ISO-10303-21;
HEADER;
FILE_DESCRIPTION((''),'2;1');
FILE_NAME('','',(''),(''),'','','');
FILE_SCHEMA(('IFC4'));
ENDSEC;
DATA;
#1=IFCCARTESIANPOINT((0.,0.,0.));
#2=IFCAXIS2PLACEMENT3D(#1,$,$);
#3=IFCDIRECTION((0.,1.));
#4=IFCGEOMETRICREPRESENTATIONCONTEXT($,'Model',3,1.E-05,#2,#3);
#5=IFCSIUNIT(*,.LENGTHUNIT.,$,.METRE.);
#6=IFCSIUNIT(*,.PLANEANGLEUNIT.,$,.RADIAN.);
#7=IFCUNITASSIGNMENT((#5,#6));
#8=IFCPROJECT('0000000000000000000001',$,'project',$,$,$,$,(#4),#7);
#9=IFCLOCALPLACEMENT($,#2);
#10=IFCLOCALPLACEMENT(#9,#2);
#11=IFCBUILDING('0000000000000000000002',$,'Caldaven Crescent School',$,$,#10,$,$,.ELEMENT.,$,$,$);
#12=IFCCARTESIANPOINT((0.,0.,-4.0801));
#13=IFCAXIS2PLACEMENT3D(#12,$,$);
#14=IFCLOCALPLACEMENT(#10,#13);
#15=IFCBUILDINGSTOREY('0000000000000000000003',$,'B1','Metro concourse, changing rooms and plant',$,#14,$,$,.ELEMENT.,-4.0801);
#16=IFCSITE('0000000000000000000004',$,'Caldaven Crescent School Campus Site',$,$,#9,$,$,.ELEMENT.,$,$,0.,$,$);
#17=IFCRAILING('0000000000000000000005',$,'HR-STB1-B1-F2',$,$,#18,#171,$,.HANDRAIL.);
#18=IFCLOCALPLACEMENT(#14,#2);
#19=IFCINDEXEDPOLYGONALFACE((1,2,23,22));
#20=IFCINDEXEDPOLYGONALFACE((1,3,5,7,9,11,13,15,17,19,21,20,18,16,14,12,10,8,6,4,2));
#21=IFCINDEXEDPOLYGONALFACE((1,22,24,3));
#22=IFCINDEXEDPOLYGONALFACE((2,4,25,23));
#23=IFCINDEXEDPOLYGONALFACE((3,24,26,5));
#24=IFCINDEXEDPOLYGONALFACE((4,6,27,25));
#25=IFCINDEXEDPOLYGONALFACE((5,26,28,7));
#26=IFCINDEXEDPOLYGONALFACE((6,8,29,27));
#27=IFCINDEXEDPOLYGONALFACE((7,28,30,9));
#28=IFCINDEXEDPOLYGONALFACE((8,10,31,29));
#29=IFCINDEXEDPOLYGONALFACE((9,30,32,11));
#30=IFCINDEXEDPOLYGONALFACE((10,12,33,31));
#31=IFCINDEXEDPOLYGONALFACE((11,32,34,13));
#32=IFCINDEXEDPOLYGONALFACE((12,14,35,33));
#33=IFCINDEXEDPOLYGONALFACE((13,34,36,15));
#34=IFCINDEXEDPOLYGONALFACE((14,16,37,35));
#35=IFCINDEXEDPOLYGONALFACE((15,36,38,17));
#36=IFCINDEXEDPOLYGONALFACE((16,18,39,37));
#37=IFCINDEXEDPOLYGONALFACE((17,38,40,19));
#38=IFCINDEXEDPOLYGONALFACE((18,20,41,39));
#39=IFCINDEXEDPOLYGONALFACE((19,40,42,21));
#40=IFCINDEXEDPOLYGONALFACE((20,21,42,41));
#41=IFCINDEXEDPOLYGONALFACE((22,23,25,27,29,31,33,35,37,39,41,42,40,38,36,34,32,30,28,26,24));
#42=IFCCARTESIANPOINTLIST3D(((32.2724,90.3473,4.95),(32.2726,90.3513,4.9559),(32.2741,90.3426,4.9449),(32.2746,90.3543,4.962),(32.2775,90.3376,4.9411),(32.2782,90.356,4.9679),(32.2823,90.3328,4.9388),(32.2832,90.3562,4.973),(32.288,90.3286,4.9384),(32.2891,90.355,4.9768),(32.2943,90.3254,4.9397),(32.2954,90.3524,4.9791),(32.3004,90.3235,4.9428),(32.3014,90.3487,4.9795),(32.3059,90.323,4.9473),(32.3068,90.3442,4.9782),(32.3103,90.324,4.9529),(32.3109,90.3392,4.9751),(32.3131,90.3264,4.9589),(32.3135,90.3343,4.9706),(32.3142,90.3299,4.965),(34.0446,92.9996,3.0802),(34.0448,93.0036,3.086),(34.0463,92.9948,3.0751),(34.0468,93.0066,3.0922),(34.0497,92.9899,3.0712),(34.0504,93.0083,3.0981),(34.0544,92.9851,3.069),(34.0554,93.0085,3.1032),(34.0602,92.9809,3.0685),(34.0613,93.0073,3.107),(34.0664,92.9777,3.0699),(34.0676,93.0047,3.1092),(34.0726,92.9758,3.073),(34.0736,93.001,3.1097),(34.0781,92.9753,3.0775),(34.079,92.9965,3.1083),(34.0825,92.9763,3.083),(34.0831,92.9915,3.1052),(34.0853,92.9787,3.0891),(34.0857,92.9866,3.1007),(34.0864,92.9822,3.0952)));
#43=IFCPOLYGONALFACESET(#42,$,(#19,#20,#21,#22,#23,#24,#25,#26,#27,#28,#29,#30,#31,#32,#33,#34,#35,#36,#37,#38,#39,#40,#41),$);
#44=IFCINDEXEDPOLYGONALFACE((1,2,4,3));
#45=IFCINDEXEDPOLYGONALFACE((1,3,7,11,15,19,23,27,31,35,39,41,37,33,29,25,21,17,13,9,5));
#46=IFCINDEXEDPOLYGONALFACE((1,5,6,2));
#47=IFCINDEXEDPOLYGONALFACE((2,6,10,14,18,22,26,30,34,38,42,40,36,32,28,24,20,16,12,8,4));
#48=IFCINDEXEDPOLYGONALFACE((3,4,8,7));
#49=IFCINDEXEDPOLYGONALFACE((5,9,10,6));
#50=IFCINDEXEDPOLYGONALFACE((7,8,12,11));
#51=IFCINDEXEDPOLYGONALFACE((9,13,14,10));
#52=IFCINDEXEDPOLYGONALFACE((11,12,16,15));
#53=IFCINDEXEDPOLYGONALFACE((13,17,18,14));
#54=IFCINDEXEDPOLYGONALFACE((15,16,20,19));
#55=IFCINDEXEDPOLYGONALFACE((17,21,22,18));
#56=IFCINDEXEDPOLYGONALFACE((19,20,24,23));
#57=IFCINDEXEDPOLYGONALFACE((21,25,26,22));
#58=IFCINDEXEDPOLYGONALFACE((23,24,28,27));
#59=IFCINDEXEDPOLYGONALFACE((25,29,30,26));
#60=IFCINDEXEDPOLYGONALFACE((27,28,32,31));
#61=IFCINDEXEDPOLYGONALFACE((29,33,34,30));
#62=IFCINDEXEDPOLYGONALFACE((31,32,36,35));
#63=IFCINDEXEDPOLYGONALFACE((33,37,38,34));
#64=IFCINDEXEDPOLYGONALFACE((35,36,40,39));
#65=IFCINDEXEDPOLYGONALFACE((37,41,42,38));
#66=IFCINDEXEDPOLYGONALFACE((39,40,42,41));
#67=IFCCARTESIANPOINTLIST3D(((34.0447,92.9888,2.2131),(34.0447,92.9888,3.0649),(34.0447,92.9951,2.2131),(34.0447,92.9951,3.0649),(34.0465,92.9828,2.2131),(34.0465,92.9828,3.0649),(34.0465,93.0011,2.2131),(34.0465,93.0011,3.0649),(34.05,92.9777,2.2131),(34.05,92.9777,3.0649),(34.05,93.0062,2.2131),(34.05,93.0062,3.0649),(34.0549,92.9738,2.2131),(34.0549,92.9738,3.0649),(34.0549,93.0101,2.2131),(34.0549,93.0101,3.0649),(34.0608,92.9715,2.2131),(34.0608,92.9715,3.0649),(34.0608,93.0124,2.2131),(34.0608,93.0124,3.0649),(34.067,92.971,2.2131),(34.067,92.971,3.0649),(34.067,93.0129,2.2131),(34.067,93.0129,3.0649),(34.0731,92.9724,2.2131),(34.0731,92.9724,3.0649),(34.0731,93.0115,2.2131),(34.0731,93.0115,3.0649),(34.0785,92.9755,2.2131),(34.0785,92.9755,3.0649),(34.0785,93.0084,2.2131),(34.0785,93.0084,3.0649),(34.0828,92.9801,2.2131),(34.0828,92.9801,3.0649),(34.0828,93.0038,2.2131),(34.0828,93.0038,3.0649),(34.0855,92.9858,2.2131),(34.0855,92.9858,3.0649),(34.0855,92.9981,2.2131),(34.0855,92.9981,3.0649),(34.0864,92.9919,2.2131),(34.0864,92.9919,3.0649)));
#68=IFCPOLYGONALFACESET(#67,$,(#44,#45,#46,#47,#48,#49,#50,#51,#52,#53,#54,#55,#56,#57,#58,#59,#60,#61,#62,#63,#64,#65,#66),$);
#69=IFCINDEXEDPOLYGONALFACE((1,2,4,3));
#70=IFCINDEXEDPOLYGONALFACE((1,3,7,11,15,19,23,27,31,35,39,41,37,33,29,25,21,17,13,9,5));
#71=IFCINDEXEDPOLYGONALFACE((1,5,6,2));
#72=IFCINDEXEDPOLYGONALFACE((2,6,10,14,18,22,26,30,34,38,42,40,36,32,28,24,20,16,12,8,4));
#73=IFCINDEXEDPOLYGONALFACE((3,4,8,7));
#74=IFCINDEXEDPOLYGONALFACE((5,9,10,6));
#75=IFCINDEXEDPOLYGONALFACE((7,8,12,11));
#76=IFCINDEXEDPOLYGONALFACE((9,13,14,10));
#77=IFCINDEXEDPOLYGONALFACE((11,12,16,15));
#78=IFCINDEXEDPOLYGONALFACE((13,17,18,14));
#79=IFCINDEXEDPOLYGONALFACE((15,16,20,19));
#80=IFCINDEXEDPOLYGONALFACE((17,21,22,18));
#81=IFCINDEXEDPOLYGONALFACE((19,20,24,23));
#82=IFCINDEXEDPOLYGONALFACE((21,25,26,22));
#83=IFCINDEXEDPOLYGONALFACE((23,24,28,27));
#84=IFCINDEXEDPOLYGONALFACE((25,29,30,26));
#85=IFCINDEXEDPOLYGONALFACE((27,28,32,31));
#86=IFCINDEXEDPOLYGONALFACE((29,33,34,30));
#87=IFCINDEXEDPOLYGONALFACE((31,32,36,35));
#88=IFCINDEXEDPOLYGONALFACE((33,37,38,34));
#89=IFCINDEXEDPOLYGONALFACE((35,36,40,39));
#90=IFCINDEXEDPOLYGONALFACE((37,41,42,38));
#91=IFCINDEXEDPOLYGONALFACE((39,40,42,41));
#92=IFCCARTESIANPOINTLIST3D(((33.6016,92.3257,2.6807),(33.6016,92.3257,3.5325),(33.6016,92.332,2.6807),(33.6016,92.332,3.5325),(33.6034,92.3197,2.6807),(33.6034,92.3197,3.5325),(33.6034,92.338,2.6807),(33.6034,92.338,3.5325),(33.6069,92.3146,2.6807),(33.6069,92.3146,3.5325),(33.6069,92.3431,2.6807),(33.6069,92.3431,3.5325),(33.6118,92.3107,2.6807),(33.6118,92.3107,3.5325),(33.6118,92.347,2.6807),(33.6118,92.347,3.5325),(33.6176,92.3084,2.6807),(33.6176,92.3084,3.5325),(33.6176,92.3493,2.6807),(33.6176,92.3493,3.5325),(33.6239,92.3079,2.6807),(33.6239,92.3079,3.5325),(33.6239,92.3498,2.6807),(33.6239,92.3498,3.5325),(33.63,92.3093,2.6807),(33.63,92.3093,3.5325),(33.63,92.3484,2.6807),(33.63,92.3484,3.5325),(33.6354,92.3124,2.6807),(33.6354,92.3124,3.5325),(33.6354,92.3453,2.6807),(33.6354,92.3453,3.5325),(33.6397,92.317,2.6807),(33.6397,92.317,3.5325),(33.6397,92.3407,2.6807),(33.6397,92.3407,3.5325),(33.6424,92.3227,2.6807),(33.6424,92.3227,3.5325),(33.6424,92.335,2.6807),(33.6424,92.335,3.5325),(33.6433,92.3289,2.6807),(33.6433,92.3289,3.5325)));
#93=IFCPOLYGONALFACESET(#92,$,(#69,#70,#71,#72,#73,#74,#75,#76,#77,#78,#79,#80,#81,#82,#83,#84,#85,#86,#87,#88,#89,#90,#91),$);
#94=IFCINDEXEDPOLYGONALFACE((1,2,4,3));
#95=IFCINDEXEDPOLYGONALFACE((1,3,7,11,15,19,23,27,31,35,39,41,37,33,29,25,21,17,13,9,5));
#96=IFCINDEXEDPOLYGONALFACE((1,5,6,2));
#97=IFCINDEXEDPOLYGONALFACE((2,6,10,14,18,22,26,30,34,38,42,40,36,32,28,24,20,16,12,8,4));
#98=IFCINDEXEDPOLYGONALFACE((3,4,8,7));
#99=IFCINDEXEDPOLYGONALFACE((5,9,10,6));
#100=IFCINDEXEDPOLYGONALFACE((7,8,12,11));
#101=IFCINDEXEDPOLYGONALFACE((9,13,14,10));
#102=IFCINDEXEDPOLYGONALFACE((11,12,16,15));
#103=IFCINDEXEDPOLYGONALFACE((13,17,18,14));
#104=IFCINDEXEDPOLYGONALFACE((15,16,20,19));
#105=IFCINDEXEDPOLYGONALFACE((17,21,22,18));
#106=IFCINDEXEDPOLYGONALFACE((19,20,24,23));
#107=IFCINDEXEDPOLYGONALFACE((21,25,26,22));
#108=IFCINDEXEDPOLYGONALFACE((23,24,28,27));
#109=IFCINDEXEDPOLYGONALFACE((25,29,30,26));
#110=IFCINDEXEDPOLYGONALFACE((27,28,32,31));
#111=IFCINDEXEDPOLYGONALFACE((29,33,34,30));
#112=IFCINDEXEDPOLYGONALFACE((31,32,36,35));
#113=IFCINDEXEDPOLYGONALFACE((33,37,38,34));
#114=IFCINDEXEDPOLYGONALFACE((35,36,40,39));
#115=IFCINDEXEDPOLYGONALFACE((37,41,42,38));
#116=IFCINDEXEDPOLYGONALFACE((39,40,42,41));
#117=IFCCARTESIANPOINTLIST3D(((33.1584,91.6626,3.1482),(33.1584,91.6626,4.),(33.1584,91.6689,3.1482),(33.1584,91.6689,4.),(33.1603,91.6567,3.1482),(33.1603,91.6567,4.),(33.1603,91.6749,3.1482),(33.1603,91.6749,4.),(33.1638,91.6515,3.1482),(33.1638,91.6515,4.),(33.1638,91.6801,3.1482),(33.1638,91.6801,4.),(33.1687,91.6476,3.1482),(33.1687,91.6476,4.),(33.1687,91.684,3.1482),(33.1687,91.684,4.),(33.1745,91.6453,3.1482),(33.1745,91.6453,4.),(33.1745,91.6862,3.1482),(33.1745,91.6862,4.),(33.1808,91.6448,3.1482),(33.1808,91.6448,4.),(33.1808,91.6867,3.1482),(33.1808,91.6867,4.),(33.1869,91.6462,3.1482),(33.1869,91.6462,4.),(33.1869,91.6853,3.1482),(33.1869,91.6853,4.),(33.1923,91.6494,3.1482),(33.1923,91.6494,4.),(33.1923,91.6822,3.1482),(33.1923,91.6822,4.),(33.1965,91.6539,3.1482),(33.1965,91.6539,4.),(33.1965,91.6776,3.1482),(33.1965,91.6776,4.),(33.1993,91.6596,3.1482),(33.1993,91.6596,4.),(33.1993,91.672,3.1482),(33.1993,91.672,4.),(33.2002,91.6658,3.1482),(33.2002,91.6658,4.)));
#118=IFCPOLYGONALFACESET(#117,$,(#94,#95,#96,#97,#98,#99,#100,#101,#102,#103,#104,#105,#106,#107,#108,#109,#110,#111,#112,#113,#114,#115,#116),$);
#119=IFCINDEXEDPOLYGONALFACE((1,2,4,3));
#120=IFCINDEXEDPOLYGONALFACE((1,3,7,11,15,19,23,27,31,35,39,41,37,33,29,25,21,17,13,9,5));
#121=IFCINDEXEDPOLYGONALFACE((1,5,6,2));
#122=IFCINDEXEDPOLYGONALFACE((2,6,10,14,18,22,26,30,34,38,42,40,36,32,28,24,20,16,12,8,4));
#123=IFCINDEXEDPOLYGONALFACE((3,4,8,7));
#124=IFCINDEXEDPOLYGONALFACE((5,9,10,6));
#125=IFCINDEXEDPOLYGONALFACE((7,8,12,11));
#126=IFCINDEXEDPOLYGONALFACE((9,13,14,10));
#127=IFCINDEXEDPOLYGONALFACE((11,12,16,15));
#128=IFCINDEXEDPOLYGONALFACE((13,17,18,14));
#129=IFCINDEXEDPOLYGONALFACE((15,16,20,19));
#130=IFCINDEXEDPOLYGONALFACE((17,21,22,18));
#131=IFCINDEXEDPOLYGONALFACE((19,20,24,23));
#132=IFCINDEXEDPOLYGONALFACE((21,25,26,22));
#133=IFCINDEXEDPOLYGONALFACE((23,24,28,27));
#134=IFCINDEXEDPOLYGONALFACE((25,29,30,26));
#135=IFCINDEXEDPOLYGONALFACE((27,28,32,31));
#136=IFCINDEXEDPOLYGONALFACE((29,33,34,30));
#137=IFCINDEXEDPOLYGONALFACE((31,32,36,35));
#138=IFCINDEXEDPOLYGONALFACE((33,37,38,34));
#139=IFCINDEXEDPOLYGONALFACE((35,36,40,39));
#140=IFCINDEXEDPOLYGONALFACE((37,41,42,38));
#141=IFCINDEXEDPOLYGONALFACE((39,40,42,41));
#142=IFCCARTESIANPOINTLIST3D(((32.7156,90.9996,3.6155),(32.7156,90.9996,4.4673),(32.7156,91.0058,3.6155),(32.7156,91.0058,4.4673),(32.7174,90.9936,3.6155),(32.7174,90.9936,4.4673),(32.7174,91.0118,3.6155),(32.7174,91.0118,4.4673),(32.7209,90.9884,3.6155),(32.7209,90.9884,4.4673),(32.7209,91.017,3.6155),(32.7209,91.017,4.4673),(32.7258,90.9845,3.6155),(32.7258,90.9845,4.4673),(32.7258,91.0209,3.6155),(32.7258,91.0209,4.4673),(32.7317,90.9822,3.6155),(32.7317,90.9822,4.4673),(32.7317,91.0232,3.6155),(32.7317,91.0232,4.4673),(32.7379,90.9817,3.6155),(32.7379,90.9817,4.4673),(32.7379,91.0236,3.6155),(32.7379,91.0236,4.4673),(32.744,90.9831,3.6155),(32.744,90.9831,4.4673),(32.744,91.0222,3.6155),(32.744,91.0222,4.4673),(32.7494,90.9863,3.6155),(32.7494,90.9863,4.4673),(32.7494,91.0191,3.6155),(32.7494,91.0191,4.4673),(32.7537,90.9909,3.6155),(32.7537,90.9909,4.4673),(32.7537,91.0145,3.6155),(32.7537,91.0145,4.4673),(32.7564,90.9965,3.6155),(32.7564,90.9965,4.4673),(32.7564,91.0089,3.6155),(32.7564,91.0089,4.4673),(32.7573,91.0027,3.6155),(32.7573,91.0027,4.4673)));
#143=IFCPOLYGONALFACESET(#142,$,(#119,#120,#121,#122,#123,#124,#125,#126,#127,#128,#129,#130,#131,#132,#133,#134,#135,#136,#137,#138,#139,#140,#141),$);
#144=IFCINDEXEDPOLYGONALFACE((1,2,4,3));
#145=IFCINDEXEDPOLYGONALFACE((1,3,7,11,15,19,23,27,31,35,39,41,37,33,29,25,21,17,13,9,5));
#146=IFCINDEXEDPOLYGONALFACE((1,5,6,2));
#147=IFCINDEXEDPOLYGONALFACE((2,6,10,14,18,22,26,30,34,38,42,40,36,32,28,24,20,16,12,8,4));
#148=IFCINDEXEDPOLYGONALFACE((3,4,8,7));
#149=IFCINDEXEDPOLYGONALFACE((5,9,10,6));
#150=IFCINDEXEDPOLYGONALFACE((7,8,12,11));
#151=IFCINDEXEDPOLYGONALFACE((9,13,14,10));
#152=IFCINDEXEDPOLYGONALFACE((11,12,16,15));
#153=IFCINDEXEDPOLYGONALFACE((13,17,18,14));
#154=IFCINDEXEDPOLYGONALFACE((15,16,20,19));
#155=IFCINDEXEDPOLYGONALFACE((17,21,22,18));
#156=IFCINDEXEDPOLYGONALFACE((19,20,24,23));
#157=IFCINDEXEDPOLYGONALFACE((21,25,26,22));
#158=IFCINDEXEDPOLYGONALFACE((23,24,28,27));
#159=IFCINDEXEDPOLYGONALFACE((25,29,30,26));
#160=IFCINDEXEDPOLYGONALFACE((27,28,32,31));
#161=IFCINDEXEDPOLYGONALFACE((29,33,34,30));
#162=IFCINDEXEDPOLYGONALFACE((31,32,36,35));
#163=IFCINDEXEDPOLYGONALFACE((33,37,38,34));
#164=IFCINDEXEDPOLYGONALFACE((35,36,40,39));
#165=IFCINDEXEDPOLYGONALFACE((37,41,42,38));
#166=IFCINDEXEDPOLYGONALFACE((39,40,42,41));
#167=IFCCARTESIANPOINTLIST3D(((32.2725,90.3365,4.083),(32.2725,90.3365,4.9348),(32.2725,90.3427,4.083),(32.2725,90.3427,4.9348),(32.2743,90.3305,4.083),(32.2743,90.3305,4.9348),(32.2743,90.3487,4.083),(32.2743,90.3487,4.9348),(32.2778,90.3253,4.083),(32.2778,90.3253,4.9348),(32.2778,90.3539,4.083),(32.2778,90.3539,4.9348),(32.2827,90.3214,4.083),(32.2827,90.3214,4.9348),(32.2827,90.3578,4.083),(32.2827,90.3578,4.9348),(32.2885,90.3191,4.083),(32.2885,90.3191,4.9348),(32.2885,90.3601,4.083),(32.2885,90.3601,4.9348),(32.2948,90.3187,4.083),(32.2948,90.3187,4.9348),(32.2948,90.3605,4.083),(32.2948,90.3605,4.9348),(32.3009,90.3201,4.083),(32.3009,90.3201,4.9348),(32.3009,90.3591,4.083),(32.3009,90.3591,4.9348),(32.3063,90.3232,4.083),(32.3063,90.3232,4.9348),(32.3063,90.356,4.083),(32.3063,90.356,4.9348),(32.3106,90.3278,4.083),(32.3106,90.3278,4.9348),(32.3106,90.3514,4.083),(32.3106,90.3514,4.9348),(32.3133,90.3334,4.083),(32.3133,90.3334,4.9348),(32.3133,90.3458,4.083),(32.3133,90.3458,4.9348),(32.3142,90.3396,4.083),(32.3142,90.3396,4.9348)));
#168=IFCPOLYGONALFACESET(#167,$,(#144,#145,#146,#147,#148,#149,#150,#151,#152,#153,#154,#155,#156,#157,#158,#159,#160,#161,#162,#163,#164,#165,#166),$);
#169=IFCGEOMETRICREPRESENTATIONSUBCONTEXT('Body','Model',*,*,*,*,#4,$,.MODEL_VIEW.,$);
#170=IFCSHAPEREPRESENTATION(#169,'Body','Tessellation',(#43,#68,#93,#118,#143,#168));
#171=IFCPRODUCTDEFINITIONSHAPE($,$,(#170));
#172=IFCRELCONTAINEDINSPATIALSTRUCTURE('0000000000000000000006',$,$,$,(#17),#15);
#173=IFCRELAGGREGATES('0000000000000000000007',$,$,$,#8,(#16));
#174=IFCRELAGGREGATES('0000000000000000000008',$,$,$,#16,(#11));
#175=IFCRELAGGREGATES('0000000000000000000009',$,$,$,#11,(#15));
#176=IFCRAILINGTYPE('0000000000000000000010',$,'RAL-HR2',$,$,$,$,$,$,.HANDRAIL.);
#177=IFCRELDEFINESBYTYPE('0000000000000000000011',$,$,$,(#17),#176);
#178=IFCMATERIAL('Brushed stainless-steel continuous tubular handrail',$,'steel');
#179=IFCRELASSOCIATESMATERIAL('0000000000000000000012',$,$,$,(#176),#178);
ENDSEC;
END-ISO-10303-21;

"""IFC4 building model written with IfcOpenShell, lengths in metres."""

from ifc_helpers import new_model, si_unit, direction, frame, origin, origin_2d, place, context, subcontext, project, spatial, circle, extrude, material, type_object, element, save


model = new_model("IFC4")

# Units and contexts
model_context = context("Model", 3, precision=1e-05, world=origin(), true_north=direction((0.0, 1.0)))
body_context = subcontext(model_context, "Body", "Model", "MODEL_VIEW")
ifc_project = project(units=[si_unit("LENGTHUNIT", "METRE"), si_unit("PLANEANGLEUNIT", "RADIAN")], contexts=[model_context])

# Site, building, storey
site_placement = place(None, origin())
site = spatial("IfcSite", under=ifc_project, at=site_placement, Name="Caldaven Crescent School Campus Site", CompositionType="ELEMENT", RefElevation=0.0)
building_placement = place(site_placement, origin())
building = spatial("IfcBuilding", under=site, at=building_placement, Name="Caldaven Crescent School", CompositionType="ELEMENT")
storey_placement = place(building_placement, frame((0.0, 0.0, -4.0801)))
storey = spatial("IfcBuildingStorey", under=building, at=storey_placement, Name="B1", Description="Metro concourse, changing rooms and plant", CompositionType="ELEMENT", Elevation=-4.0801)

# Railing
ifc_material_1 = material(Name="Brushed stainless-steel continuous tubular handrail", Category="steel")
railing_type = type_object("IfcRailingType", Name="RAL-HR2", PredefinedType="HANDRAIL", material=ifc_material_1)
railing_placement = place(storey_placement, frame((34.0654, 92.9919, 2.2131)))
element("IfcRailing", 1, at=railing_placement, inside=storey, type_object=railing_type, Name="HR-STB1-B1-F2", PredefinedType="HANDRAIL", context=body_context, shape_type="SweptSolid", body=[
    extrude(circle(Radius=0.0239, at=origin_2d()), frame((0.0, 0.0, 0.876), z_axis=(-0.479291, -0.717319, 0.505702), x_axis=(0.831473, -0.555565, 0.0)), (0.0, 0.0, 1.0), 3.6975),
    extrude(circle(Radius=0.021, at=origin_2d()), origin(), (0.0, 0.0, 1.0), 0.8518),
    extrude(circle(Radius=0.021, at=origin_2d()), frame((-0.4431, -0.6631, 0.4675)), (0.0, 0.0, 1.0), 0.8518),
    extrude(circle(Radius=0.021, at=origin_2d()), frame((-0.8862, -1.3262, 0.9351)), (0.0, 0.0, 1.0), 0.8518),
    extrude(circle(Radius=0.021, at=origin_2d()), frame((-1.3291, -1.9893, 1.4023)), (0.0, 0.0, 1.0), 0.8518),
    extrude(circle(Radius=0.021, at=origin_2d()), frame((-1.7722, -2.6523, 1.8699)), (0.0, 0.0, 1.0), 0.8518),
])

save(model, "model.ifc")
